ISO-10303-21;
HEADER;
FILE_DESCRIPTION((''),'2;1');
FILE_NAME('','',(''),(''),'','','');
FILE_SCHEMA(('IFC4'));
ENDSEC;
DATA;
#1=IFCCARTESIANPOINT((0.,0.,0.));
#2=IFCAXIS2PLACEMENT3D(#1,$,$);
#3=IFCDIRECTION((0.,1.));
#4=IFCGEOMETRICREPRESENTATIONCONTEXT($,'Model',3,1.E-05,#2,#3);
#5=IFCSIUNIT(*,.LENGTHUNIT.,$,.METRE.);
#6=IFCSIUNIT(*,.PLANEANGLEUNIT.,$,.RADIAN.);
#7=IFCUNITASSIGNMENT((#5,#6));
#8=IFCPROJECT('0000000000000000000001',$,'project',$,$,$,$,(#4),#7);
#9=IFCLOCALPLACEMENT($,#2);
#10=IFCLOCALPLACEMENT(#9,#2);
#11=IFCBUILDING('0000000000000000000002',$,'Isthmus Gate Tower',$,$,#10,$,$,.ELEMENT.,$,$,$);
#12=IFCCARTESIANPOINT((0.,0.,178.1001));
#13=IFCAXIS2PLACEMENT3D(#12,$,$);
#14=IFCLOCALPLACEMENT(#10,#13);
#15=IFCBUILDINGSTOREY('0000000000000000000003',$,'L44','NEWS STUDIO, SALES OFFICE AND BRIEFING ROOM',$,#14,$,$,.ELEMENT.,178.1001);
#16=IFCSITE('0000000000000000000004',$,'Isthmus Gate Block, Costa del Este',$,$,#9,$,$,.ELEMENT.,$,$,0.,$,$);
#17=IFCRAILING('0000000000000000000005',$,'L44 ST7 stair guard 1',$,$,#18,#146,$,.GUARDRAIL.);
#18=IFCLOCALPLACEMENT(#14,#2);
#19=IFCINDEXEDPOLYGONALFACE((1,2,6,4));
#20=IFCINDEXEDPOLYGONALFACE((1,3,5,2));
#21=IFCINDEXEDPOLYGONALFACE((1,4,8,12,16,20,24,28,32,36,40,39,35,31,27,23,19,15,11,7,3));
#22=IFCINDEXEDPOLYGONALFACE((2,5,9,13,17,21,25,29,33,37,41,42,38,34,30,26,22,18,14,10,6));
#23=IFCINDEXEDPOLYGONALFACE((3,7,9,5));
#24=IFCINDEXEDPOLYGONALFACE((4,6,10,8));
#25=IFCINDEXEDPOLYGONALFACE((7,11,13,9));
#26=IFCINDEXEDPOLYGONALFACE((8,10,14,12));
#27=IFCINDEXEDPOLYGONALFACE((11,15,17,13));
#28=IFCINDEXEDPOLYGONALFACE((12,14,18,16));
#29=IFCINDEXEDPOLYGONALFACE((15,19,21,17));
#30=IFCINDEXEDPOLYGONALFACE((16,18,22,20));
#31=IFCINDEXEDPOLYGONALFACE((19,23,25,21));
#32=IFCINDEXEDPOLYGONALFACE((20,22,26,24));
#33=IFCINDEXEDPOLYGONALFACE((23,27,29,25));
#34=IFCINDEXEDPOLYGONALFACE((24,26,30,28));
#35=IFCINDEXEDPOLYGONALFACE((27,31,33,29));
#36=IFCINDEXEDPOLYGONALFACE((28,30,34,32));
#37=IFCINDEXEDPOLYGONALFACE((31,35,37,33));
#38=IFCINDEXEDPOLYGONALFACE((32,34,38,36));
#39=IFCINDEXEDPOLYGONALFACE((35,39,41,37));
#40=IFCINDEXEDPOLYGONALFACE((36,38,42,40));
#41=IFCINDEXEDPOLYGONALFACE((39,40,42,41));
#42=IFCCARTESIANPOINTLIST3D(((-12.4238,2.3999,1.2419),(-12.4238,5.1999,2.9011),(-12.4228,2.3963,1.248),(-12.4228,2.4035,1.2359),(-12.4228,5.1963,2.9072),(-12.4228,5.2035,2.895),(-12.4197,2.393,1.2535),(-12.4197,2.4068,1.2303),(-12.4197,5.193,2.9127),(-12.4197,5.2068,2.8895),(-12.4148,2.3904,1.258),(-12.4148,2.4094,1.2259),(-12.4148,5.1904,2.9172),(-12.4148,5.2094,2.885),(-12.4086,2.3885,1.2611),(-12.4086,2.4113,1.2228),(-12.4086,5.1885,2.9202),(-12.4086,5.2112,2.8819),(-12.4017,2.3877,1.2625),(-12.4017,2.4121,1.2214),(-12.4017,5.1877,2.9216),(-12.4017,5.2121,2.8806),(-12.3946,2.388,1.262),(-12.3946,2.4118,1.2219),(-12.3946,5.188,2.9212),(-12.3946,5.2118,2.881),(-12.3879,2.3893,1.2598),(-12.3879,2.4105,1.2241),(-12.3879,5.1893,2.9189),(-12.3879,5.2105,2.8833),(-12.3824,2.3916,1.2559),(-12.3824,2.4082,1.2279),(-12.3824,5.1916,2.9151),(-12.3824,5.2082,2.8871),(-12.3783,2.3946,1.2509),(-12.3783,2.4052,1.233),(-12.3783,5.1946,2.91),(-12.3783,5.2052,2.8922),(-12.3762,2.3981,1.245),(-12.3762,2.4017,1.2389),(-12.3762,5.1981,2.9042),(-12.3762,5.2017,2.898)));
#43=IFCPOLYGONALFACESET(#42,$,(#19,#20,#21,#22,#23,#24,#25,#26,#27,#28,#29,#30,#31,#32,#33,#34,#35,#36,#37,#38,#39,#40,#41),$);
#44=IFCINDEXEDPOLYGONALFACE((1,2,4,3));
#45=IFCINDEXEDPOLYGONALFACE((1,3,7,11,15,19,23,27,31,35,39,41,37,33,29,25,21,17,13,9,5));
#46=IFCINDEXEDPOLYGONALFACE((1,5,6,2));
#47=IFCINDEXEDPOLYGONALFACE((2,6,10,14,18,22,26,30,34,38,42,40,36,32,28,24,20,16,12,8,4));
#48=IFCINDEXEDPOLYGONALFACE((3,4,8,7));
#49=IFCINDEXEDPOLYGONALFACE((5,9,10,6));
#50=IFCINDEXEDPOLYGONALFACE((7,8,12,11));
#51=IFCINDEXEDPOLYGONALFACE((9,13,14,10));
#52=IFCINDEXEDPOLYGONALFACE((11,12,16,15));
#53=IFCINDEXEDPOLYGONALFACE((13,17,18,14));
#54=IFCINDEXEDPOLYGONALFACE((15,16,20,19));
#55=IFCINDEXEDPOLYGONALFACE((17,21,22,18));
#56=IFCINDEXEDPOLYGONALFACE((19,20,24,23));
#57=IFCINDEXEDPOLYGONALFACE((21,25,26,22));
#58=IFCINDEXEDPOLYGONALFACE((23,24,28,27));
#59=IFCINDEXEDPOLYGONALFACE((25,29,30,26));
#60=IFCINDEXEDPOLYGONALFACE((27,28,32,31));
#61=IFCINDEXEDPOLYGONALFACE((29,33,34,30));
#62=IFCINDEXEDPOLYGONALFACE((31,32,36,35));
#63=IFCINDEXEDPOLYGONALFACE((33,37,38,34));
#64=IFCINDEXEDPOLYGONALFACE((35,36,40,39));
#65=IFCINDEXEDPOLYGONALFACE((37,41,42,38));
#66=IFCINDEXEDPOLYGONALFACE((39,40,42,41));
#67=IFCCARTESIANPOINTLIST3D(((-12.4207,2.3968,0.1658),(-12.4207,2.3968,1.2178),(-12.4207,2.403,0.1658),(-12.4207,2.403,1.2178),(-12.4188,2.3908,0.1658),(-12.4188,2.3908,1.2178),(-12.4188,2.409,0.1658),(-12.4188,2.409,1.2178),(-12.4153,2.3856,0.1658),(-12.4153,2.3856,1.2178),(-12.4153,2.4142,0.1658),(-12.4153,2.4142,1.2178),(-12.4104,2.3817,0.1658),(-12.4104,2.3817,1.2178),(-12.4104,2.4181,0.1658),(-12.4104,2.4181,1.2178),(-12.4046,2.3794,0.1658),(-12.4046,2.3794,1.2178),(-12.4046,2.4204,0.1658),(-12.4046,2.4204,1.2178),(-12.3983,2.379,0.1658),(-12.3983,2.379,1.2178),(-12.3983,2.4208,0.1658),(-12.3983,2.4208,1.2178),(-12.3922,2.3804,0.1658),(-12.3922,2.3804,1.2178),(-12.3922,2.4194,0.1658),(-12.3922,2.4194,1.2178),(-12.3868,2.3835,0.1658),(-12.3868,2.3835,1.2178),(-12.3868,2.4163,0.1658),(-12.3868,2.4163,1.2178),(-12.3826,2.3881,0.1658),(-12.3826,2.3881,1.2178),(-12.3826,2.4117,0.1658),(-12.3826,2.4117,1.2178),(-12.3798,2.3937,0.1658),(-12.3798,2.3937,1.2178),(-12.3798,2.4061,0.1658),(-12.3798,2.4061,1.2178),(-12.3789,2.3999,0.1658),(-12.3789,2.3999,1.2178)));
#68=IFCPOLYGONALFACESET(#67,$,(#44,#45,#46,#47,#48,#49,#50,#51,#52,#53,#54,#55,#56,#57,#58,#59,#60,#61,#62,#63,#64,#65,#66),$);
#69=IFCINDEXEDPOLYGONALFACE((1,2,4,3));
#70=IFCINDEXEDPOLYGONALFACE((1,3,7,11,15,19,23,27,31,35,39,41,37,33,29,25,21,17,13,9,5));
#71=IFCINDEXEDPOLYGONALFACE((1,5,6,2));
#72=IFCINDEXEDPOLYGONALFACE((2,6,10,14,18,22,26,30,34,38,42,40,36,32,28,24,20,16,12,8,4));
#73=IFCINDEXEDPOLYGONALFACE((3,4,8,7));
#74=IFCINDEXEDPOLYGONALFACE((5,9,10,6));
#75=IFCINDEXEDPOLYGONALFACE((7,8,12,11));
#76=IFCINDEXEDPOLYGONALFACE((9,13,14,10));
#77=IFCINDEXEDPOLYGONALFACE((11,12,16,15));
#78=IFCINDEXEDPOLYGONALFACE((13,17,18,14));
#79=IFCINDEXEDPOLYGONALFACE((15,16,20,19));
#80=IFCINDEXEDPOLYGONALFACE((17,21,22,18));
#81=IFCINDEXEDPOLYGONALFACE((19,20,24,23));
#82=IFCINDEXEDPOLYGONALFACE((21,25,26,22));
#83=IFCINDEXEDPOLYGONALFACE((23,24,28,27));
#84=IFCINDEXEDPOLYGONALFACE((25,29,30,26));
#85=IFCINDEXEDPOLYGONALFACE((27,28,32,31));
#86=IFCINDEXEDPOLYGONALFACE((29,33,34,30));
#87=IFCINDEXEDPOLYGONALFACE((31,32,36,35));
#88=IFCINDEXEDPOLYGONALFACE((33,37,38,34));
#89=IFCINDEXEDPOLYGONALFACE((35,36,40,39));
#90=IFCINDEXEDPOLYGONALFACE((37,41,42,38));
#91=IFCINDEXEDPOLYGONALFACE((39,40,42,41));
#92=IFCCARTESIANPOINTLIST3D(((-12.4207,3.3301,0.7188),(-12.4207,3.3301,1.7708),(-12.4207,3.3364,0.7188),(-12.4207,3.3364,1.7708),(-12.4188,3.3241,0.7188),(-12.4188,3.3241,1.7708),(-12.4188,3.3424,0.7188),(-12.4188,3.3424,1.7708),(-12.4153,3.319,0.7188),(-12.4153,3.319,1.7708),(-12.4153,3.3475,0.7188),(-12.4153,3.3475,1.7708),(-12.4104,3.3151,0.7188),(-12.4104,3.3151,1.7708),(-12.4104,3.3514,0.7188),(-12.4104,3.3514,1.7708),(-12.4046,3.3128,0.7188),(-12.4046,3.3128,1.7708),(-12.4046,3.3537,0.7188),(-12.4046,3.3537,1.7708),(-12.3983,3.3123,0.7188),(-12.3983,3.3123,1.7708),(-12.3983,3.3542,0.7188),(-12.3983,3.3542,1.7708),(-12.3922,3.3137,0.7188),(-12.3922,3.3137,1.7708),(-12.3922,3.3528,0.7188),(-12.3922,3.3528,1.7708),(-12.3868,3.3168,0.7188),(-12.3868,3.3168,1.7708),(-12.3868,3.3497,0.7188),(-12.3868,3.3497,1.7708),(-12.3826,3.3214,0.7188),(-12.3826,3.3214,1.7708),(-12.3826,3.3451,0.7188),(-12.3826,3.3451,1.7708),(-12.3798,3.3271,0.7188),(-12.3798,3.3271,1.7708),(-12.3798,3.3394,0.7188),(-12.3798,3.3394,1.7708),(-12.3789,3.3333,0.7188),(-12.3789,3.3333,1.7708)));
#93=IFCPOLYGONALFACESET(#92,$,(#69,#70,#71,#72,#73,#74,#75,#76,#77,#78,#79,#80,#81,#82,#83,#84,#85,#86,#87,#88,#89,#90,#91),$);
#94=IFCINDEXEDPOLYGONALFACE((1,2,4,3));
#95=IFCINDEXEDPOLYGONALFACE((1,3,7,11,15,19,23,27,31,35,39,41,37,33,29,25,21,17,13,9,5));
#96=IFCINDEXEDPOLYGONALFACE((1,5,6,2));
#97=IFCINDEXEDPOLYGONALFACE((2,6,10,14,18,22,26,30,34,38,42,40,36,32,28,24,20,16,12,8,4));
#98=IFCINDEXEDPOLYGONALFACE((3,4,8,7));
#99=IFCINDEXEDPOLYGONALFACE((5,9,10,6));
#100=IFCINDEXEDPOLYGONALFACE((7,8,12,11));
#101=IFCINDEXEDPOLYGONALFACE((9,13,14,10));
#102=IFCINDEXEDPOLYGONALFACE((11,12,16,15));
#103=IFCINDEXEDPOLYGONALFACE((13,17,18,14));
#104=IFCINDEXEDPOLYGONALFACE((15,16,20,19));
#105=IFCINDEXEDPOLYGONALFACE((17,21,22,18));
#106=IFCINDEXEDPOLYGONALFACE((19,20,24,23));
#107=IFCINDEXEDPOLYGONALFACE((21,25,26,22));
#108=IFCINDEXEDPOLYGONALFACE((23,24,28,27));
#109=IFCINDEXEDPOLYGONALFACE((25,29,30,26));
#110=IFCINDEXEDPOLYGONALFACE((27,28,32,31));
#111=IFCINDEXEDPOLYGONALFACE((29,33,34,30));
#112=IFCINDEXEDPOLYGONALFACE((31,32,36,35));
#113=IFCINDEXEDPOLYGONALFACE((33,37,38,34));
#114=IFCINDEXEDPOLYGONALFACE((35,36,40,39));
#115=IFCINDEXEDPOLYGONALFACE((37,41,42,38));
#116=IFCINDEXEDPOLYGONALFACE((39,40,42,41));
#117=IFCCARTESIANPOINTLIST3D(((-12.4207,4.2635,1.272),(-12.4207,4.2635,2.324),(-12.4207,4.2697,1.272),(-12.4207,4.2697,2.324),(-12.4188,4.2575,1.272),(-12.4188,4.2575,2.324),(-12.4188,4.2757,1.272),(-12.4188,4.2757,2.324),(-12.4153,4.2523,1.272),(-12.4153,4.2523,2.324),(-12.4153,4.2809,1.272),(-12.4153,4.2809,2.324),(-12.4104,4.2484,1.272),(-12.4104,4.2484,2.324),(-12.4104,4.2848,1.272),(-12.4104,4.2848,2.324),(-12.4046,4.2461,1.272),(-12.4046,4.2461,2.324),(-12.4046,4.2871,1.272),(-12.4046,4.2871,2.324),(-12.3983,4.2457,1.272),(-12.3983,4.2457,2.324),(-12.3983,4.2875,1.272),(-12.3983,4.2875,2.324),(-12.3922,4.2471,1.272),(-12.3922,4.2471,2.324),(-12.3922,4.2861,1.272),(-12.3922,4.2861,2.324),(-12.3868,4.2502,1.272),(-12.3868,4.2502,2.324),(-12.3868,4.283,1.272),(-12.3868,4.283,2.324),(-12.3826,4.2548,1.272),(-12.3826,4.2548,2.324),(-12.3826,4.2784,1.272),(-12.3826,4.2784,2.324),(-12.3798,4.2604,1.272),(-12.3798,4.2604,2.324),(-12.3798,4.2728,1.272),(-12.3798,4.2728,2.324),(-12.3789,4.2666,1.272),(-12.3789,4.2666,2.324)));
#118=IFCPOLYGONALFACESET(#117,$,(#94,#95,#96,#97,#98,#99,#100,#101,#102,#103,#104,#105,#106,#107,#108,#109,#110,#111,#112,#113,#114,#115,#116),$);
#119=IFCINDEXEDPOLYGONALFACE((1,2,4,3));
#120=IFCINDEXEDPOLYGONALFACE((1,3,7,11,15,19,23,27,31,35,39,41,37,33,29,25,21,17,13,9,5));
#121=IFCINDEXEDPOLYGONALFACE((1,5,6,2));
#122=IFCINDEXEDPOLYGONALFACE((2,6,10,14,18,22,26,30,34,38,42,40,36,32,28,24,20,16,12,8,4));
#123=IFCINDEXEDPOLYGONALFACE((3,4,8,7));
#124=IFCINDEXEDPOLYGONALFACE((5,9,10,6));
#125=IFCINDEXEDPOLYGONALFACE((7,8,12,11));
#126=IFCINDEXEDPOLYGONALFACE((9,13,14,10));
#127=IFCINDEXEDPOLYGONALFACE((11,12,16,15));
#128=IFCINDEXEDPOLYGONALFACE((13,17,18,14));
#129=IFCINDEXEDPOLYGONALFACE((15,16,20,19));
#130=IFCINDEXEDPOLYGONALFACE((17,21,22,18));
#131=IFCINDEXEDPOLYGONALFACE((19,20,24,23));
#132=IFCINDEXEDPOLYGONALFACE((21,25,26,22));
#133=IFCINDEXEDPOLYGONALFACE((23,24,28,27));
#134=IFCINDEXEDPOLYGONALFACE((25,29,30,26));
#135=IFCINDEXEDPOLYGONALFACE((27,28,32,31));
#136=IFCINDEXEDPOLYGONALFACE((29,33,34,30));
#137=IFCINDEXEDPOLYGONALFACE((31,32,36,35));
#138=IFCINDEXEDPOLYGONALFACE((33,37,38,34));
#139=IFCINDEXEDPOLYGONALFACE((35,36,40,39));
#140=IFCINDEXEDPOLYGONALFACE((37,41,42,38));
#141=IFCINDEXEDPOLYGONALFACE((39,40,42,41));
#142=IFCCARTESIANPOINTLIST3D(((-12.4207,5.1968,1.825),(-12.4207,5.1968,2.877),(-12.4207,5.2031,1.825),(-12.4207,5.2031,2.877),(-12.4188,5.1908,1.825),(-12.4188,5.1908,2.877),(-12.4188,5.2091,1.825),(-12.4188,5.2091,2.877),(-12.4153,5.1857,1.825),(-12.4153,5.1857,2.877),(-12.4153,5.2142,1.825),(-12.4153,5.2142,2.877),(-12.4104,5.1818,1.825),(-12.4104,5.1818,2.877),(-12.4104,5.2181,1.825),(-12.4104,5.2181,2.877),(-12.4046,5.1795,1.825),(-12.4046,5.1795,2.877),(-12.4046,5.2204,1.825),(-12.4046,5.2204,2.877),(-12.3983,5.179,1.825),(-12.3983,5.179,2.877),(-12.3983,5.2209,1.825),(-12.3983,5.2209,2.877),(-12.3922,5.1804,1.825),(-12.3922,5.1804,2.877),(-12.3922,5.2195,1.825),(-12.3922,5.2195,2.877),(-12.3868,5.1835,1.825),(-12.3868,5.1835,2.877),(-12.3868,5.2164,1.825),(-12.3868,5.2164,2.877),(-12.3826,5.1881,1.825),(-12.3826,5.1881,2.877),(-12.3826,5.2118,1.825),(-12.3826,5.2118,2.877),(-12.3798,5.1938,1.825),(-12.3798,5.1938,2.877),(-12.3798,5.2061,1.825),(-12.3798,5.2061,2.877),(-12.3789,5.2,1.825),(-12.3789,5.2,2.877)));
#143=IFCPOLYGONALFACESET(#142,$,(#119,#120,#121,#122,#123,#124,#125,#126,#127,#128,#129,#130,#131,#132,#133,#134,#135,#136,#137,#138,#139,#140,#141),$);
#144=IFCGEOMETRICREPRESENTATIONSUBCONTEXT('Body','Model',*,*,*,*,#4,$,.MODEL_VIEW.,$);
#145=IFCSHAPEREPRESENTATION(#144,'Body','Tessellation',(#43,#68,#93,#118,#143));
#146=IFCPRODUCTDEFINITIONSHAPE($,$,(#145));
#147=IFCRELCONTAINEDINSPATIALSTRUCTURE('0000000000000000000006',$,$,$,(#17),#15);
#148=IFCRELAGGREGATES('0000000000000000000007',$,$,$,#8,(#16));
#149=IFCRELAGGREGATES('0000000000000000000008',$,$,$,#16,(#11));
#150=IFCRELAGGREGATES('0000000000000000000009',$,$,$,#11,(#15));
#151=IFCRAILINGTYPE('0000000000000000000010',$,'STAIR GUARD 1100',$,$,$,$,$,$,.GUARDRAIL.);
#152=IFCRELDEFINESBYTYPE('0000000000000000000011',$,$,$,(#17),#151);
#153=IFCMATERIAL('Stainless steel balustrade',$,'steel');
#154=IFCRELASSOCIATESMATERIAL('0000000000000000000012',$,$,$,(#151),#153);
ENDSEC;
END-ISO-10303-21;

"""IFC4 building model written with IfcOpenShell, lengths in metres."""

from ifc_helpers import new_model, si_unit, direction, frame, origin, origin_2d, place, context, subcontext, project, spatial, circle, extrude, material, type_object, element, save


model = new_model("IFC4")

# Units and contexts
model_context = context("Model", 3, precision=1e-05, world=origin(), true_north=direction((0.0, 1.0)))
body_context = subcontext(model_context, "Body", "Model", "MODEL_VIEW")
ifc_project = project(units=[si_unit("LENGTHUNIT", "METRE"), si_unit("PLANEANGLEUNIT", "RADIAN")], contexts=[model_context])

# Site, building, storey
site_placement = place(None, origin())
site = spatial("IfcSite", under=ifc_project, at=site_placement, Name="Isthmus Gate Block, Costa del Este", CompositionType="ELEMENT", RefElevation=0.0)
building_placement = place(site_placement, origin())
building = spatial("IfcBuilding", under=site, at=building_placement, Name="Isthmus Gate Tower", CompositionType="ELEMENT")
storey_placement = place(building_placement, frame((0.0, 0.0, 178.1001)))
storey = spatial("IfcBuildingStorey", under=building, at=storey_placement, Name="L44", Description="NEWS STUDIO, SALES OFFICE AND BRIEFING ROOM", CompositionType="ELEMENT", Elevation=178.1001)

# Railing
ifc_material_1 = material(Name="Stainless steel balustrade", Category="steel")
railing_type_1 = type_object("IfcRailingType", Name="STAIR GUARD 1100", PredefinedType="GUARDRAIL", material=ifc_material_1)
for number, where, name in (
    (1, (-12.3999, 2.3999, 0.1658), "L44 ST7 stair guard 1"),
):
    element("IfcRailing", number, at=place(storey_placement, frame(where)), inside=storey, type_object=railing_type_1, Name=name, PredefinedType="GUARDRAIL", context=body_context, shape_type="SweptSolid", body=[
        extrude(circle(Radius=0.0239, at=origin_2d()), frame((0.0, 0.0, 1.0762), z_axis=(0.0, 0.860306, 0.509778), x_axis=(-1.0, 0.0, 0.0)), (0.0, 0.0, 1.0), 3.2546),
        extrude(circle(Radius=0.021, at=origin_2d()), origin(), (0.0, 0.0, 1.0), 1.052),
        extrude(circle(Radius=0.021, at=origin_2d()), frame((0.0, 0.9333, 0.553)), (0.0, 0.0, 1.0), 1.052),
        extrude(circle(Radius=0.021, at=origin_2d()), frame((0.0, 1.8667, 1.1062)), (0.0, 0.0, 1.0), 1.052),
        extrude(circle(Radius=0.021, at=origin_2d()), frame((0.0, 2.8, 1.6592)), (0.0, 0.0, 1.0), 1.052),
    ])

save(model, "model.ifc")
